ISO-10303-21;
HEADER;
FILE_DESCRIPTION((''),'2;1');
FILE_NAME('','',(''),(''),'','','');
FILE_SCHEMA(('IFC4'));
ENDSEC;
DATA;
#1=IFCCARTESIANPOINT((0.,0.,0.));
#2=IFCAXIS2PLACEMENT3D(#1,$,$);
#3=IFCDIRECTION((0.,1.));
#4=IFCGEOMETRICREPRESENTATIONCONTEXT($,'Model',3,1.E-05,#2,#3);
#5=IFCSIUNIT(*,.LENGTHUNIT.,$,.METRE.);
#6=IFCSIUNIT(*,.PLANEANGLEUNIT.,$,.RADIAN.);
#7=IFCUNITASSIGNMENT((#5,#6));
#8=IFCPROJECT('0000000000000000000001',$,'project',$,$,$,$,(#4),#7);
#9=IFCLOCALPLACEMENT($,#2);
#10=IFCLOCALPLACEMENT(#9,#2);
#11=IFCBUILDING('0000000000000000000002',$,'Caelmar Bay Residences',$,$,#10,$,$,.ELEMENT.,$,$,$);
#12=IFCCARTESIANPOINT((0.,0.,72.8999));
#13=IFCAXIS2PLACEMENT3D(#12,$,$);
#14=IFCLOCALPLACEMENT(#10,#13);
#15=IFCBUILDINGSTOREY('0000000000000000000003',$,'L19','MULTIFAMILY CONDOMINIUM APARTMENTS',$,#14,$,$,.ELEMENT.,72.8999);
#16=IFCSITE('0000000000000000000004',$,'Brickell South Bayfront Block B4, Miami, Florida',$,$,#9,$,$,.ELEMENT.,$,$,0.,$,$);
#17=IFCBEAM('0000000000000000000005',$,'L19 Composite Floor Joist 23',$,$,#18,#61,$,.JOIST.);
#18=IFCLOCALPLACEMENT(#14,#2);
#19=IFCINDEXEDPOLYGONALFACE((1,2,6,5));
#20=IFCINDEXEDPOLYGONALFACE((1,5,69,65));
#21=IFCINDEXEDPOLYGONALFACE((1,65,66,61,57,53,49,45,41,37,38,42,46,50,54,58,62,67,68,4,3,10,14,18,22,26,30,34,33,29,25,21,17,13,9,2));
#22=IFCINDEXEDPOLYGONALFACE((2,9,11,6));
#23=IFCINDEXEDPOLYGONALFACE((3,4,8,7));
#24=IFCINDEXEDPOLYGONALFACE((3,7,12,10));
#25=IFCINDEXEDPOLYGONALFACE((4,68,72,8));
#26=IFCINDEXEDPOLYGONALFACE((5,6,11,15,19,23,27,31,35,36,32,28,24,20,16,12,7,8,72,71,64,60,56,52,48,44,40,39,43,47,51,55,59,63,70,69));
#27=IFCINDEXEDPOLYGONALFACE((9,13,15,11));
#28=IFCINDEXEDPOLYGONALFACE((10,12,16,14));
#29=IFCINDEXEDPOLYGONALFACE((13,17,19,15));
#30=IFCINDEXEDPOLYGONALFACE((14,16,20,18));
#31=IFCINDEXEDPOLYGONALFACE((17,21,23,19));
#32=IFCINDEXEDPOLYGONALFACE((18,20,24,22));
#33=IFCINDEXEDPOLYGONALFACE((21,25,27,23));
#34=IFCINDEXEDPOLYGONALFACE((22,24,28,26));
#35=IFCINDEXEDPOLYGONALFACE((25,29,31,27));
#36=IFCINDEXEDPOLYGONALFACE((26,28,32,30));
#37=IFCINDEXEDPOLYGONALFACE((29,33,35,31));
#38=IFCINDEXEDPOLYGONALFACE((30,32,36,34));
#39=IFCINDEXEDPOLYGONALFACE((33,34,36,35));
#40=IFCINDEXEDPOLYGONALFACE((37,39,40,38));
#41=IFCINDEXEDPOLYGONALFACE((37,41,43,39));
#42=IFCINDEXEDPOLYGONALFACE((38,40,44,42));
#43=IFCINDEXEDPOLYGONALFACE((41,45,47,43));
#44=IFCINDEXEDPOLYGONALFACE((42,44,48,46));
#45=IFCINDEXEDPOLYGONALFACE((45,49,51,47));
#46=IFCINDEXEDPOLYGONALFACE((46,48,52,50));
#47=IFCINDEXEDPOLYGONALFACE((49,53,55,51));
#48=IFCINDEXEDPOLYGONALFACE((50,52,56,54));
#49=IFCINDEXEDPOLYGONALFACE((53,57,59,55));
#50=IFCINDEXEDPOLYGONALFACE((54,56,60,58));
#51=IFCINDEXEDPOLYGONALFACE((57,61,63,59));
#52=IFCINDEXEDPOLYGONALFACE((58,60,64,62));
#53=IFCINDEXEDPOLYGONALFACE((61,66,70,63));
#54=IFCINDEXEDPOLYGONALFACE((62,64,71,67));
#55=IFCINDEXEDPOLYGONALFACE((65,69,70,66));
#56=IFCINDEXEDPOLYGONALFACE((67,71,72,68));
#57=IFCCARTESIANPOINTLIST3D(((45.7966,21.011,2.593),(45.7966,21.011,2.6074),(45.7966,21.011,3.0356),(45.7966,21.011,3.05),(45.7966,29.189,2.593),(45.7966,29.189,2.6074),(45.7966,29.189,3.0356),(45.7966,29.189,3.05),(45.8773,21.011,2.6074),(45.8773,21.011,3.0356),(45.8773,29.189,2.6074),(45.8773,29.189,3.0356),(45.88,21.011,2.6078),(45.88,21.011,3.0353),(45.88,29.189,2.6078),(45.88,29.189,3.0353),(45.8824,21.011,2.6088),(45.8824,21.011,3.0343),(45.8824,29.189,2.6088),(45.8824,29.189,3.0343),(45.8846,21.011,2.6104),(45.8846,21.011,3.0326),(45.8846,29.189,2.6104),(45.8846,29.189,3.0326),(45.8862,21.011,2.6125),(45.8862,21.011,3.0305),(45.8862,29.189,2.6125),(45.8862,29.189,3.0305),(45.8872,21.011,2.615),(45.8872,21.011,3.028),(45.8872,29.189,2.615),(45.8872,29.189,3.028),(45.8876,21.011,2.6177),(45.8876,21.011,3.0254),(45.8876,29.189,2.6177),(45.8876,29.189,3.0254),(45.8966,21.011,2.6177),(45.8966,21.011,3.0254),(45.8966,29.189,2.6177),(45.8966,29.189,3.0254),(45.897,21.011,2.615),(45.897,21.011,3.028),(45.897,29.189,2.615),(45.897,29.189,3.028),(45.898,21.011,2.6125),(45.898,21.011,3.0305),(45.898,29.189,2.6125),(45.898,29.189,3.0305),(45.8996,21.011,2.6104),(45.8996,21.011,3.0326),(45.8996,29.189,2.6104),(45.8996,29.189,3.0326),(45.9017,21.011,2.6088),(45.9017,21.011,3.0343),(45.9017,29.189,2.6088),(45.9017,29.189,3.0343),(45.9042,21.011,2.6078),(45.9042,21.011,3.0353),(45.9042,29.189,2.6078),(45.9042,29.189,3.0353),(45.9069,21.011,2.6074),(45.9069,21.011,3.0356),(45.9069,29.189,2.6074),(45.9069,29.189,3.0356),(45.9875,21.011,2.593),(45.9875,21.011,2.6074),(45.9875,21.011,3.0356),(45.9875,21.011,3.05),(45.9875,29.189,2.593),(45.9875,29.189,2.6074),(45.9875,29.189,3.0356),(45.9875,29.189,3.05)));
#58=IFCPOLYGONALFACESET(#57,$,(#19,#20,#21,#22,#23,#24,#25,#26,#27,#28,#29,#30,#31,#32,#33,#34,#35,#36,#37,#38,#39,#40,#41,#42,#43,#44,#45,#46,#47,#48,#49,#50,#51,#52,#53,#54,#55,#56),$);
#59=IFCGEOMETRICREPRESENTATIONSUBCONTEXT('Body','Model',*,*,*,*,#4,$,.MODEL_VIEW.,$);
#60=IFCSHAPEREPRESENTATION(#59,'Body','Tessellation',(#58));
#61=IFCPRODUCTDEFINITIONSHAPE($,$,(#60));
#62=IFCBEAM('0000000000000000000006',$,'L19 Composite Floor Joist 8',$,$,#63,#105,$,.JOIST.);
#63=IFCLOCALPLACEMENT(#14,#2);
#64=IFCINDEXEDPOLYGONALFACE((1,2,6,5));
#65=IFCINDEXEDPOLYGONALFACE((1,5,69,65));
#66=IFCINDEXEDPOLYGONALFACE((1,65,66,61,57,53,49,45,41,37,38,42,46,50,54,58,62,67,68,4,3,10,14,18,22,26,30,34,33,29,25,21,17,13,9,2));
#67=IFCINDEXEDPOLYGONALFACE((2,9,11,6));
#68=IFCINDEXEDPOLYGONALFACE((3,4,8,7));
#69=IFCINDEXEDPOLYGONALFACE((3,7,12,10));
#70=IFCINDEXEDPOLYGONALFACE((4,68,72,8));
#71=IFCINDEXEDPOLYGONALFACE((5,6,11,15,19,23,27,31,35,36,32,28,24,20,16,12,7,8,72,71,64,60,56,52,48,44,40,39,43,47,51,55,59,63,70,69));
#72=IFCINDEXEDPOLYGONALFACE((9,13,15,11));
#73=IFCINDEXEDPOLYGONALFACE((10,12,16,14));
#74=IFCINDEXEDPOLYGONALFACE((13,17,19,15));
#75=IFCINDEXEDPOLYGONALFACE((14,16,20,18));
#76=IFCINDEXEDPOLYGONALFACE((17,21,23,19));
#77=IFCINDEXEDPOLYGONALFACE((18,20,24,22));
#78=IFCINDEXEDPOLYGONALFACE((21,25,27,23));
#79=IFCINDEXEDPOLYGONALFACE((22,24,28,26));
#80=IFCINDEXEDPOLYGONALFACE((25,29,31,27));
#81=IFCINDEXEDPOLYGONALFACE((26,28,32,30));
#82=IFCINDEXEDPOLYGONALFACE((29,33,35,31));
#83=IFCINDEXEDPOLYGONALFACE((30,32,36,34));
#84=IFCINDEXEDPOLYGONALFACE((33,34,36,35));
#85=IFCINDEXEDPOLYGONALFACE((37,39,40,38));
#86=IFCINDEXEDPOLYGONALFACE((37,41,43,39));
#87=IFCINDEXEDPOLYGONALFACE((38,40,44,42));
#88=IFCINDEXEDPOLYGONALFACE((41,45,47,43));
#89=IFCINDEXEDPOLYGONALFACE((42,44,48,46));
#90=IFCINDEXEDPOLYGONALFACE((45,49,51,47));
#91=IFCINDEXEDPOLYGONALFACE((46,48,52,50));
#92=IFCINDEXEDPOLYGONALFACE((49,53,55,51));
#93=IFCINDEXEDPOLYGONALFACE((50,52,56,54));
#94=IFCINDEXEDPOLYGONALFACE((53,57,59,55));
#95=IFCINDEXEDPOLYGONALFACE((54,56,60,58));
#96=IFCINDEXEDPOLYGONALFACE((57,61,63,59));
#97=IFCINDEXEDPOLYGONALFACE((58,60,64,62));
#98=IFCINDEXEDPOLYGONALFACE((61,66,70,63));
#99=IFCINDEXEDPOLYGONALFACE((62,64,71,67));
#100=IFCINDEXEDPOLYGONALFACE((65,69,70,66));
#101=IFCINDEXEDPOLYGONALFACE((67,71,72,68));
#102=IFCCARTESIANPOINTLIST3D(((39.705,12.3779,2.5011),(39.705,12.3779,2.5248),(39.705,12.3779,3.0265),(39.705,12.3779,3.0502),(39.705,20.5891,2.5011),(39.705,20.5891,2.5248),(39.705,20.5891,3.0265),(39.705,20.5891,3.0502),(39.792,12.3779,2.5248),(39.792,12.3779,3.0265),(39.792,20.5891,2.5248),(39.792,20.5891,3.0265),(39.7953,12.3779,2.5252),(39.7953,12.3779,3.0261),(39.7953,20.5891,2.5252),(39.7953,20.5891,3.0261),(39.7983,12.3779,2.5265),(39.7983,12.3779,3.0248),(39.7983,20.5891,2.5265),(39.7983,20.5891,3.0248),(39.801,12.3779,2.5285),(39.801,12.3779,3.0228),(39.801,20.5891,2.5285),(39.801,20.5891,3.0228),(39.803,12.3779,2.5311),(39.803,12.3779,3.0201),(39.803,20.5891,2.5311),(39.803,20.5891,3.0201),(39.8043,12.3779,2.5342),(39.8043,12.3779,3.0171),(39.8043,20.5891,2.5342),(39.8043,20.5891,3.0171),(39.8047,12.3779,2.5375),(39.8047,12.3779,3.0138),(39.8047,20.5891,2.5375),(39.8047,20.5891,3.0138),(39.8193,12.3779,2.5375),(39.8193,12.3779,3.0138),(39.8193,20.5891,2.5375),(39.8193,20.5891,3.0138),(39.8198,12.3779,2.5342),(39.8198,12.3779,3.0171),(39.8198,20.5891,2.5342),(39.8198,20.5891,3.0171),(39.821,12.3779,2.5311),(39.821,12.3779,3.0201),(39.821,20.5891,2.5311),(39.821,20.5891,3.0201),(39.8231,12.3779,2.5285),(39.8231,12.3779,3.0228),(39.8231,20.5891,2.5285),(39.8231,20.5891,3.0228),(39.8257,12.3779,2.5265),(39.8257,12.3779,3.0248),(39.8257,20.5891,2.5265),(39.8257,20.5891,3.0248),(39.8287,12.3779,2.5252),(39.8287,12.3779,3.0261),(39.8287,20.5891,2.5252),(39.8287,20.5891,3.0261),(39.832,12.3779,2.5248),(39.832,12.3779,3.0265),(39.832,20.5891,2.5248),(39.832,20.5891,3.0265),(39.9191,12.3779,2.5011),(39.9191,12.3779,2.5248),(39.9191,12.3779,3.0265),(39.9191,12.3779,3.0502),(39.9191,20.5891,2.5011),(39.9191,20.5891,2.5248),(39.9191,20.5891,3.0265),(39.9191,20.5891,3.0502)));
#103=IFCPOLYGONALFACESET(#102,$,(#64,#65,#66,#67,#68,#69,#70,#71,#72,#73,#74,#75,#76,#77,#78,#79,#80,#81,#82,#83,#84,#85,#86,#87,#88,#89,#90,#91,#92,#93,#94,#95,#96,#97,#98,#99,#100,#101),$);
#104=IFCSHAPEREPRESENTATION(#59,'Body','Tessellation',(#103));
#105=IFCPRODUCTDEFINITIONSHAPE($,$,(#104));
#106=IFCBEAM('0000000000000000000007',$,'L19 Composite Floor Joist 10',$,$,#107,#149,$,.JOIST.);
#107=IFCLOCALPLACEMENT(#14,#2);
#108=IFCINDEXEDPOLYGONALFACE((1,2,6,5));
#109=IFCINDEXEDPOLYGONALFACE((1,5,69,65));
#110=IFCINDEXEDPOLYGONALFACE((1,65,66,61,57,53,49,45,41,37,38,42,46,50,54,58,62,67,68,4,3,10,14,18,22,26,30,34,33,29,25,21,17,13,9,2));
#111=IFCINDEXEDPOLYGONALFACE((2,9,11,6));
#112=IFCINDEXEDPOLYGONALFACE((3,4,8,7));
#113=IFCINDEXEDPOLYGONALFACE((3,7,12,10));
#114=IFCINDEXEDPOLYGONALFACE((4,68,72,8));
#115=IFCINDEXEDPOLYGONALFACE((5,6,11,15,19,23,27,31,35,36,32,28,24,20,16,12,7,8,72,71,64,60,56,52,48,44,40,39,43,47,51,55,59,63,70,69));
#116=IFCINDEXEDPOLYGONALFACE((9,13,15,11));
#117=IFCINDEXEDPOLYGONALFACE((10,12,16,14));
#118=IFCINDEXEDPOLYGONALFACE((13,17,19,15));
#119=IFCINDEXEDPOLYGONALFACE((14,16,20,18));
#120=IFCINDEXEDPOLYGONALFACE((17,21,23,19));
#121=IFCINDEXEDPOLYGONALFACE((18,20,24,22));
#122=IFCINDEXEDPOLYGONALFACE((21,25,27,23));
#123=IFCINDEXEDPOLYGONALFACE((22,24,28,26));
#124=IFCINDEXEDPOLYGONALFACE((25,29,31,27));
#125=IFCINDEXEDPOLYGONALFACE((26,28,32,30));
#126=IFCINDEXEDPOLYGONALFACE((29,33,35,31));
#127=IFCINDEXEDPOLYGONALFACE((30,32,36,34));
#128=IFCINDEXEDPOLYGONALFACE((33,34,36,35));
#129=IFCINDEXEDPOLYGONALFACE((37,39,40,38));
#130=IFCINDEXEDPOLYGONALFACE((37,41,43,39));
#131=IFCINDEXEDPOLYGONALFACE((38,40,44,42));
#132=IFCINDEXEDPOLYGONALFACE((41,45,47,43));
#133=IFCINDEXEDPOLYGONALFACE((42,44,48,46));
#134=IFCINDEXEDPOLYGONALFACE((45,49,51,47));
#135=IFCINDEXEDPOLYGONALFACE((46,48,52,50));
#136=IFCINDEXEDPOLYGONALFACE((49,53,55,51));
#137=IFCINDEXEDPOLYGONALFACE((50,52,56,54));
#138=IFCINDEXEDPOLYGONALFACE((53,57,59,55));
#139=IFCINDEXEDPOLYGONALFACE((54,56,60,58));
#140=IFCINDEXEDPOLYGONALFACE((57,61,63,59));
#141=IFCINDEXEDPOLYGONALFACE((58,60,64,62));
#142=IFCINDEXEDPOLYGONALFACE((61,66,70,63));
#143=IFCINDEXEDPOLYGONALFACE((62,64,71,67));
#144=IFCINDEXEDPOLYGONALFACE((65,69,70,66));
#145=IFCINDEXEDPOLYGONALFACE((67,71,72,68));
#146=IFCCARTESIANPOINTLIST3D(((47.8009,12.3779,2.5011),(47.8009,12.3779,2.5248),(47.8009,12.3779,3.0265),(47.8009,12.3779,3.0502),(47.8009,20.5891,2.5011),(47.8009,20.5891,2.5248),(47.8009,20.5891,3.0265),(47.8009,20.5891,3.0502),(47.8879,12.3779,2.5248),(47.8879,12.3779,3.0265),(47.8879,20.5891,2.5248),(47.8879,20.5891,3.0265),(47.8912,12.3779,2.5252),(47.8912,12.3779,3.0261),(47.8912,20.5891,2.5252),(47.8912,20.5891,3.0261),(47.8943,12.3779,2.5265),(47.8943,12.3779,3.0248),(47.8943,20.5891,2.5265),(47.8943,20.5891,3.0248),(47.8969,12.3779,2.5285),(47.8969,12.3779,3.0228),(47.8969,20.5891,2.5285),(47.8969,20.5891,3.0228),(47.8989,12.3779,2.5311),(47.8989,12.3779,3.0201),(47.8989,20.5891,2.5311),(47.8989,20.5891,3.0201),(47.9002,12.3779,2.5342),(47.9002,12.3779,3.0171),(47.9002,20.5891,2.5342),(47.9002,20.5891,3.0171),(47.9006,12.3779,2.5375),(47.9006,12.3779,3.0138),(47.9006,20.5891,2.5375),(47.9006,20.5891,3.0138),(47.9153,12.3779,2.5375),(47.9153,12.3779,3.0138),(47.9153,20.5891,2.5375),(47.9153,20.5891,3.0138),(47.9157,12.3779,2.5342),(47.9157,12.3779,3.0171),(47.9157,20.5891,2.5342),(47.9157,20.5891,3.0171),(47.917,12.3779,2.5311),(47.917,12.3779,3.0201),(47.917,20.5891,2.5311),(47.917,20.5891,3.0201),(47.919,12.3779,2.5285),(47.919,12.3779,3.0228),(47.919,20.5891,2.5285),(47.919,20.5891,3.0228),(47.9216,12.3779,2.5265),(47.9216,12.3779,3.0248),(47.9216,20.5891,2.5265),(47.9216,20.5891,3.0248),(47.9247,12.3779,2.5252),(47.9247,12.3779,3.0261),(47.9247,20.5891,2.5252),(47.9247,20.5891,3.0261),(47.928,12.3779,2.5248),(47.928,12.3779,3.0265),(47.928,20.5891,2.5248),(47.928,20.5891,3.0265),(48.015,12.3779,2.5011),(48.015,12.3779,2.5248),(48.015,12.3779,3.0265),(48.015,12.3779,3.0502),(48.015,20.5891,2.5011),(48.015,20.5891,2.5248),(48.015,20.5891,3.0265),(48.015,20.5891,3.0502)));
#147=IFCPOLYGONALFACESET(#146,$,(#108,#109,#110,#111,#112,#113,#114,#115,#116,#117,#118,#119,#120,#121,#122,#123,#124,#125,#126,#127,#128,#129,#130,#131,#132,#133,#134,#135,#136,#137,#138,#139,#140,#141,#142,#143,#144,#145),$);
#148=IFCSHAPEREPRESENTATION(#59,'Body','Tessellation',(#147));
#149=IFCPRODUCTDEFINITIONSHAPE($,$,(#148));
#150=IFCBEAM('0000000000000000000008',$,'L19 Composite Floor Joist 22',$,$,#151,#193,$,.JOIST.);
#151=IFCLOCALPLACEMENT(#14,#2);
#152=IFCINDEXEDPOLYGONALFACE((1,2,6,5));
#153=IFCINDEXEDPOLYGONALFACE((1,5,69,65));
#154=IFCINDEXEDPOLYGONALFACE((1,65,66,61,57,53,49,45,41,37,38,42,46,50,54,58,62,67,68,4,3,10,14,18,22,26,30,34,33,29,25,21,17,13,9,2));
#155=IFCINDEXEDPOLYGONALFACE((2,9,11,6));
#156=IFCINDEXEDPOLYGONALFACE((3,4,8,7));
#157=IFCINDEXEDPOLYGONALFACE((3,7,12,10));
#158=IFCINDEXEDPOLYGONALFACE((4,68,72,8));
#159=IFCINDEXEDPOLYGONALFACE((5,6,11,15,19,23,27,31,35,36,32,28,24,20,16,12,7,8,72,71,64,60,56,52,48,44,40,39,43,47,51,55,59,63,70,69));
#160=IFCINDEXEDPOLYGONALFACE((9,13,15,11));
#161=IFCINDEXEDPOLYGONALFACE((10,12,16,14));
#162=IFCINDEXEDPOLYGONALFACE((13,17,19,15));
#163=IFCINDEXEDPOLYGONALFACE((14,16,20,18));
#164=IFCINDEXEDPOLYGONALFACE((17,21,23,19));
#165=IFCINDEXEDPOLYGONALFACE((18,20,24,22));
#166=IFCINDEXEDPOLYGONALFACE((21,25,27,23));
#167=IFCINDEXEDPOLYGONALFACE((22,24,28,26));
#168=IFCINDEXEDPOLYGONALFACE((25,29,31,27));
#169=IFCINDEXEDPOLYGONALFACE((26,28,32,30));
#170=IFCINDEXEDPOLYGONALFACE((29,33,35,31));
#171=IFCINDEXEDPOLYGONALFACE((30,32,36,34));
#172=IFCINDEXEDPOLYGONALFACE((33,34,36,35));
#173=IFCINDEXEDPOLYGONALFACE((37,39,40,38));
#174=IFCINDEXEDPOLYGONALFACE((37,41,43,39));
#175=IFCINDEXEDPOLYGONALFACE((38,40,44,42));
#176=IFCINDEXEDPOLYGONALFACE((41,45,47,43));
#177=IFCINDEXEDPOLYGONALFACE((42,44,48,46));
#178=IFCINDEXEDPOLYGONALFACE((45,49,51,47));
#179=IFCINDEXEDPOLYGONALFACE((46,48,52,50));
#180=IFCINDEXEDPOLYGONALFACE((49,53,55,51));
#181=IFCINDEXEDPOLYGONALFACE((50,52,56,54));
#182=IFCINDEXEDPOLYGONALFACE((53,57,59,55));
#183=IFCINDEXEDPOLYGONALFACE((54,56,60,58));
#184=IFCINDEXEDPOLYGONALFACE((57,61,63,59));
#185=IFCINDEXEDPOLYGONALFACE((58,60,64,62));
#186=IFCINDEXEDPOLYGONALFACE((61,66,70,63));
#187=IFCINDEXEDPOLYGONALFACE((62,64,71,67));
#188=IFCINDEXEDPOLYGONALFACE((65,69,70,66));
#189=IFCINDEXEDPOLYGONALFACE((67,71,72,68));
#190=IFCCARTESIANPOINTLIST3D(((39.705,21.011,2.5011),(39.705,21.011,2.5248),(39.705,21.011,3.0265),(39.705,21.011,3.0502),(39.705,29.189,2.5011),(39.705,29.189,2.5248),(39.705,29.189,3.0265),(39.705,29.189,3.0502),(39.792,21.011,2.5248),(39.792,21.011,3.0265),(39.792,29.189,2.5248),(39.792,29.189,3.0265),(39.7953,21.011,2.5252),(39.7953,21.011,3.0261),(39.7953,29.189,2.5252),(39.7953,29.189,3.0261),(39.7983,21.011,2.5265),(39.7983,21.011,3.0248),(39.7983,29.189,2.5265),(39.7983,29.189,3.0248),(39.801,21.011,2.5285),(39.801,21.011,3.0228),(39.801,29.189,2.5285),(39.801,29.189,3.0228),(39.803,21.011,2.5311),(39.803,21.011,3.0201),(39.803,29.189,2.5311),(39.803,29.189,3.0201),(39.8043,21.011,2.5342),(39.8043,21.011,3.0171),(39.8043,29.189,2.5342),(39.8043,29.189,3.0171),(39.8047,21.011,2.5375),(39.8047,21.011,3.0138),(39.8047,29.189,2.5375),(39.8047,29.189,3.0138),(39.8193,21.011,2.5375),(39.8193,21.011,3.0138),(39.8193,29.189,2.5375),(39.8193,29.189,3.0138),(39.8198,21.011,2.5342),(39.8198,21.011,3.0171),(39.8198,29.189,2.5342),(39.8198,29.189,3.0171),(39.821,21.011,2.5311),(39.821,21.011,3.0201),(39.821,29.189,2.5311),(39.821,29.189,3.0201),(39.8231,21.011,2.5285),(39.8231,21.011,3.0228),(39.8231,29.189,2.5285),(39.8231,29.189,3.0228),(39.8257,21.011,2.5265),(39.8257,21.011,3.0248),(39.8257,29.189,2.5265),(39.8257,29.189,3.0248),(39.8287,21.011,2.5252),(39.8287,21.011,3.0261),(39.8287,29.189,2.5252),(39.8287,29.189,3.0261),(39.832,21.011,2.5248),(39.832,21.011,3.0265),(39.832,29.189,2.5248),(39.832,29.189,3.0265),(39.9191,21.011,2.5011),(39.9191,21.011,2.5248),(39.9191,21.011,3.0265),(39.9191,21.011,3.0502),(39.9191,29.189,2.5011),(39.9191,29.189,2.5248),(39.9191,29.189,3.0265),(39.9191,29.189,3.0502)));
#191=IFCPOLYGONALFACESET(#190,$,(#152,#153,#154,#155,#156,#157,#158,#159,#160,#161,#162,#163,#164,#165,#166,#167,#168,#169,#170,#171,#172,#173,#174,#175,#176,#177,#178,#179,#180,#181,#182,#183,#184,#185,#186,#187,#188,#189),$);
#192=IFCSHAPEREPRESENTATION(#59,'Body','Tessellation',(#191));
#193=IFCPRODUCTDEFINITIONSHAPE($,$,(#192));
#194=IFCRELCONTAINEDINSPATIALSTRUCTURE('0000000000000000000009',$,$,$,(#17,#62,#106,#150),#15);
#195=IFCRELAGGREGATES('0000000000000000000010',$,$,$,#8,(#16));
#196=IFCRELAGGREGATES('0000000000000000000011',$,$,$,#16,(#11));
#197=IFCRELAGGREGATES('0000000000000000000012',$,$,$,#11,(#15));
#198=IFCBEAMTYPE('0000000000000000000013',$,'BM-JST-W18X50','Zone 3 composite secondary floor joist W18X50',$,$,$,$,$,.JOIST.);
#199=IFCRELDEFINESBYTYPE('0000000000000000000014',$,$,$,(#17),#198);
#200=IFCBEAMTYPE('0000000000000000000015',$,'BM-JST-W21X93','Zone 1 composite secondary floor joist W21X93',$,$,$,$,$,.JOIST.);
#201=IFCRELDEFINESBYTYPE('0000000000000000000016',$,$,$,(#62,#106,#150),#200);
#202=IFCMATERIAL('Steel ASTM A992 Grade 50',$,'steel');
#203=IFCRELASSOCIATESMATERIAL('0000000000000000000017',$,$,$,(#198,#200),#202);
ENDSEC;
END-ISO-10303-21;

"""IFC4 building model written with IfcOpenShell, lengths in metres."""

from ifc_helpers import new_model, si_unit, direction, frame, origin, origin_2d, place, context, subcontext, project, spatial, i_section, extrude, material, material_profile, profile_set, type_object, element, save


model = new_model("IFC4")

# Units and contexts
model_context = context("Model", 3, precision=1e-05, world=origin(), true_north=direction((0.0, 1.0)))
body_context = subcontext(model_context, "Body", "Model", "MODEL_VIEW")
ifc_project = project(units=[si_unit("LENGTHUNIT", "METRE"), si_unit("PLANEANGLEUNIT", "RADIAN")], contexts=[model_context])

# Site, building, storey
site_placement = place(None, origin())
site = spatial("IfcSite", under=ifc_project, at=site_placement, Name="Brickell South Bayfront Block B4, Miami, Florida", CompositionType="ELEMENT", RefElevation=0.0)
building_placement = place(site_placement, origin())
building = spatial("IfcBuilding", under=site, at=building_placement, Name="Caelmar Bay Residences", CompositionType="ELEMENT")
storey_placement = place(building_placement, frame((0.0, 0.0, 72.8999)))
storey = spatial("IfcBuildingStorey", under=building, at=storey_placement, Name="L19", Description="MULTIFAMILY CONDOMINIUM APARTMENTS", CompositionType="ELEMENT", Elevation=72.8999)

# Beams
ifc_material_1 = material(Name="Steel ASTM A992 Grade 50", Category="steel")
ifc_material_profile_1 = material_profile(ifc_material_1, i_section(OverallWidth=0.1909, OverallDepth=0.457, WebThickness=0.009, FlangeThickness=0.0144, FilletRadius=0.0103, at=origin_2d()), Name="W18X50")
ifc_profile_set_1 = profile_set([ifc_material_profile_1], Name="Steel ASTM A992 Grade 50")
beam_type_1 = type_object("IfcBeamType", Name="BM-JST-W18X50", Description="Zone 3 composite secondary floor joist W18X50", PredefinedType="JOIST", material=ifc_profile_set_1)
for number, where, z_axis, x_axis, name in (
    (1, (45.8921, 21.011, 2.8215), (0.0, 1.0, 0.0), (-1.0, 0.0, 0.0), "L19 Composite Floor Joist 23"),
):
    element("IfcBeam", number, at=place(storey_placement, frame(where, z_axis=z_axis, x_axis=x_axis)), inside=storey, type_object=beam_type_1, Name=name, PredefinedType="JOIST", context=body_context, shape_type="SweptSolid", body=[
        extrude(i_section(OverallWidth=0.1909, OverallDepth=0.457, WebThickness=0.009, FlangeThickness=0.0144, FilletRadius=0.0103, at=origin_2d()), origin(), (0.0, 0.0, 1.0), 8.178),
    ])
ifc_material_profile_2 = material_profile(ifc_material_1, i_section(OverallWidth=0.2141, OverallDepth=0.5491, WebThickness=0.0146, FlangeThickness=0.0237, FilletRadius=0.0127, at=origin_2d()), Name="W21X93")
ifc_profile_set_2 = profile_set([ifc_material_profile_2], Name="Steel ASTM A992 Grade 50")
beam_type_2 = type_object("IfcBeamType", Name="BM-JST-W21X93", Description="Zone 1 composite secondary floor joist W21X93", PredefinedType="JOIST", material=ifc_profile_set_2)
for number, where, z_axis, x_axis, name in (
    (2, (39.812, 12.3779, 2.7756), (0.0, 1.0, 0.0), (-1.0, 0.0, 0.0), "L19 Composite Floor Joist 8"),
    (3, (47.908, 12.3779, 2.7756), (0.0, 1.0, 0.0), (-1.0, 0.0, 0.0), "L19 Composite Floor Joist 10"),
):
    element("IfcBeam", number, at=place(storey_placement, frame(where, z_axis=z_axis, x_axis=x_axis)), inside=storey, type_object=beam_type_2, Name=name, PredefinedType="JOIST", context=body_context, shape_type="SweptSolid", body=[
        extrude(i_section(OverallWidth=0.2141, OverallDepth=0.5491, WebThickness=0.0146, FlangeThickness=0.0237, FilletRadius=0.0127, at=origin_2d()), origin(), (0.0, 0.0, 1.0), 8.2112),
    ])
beam_1_placement = place(storey_placement, frame((39.812, 21.011, 2.7756), z_axis=(0.0, 1.0, 0.0), x_axis=(-1.0, 0.0, 0.0)))
element("IfcBeam", 4, at=beam_1_placement, inside=storey, type_object=beam_type_2, Name="L19 Composite Floor Joist 22", PredefinedType="JOIST", context=body_context, shape_type="SweptSolid", body=[
    extrude(i_section(OverallWidth=0.2141, OverallDepth=0.5491, WebThickness=0.0146, FlangeThickness=0.0237, FilletRadius=0.0127, at=origin_2d()), origin(), (0.0, 0.0, 1.0), 8.178),
])

save(model, "model.ifc")
